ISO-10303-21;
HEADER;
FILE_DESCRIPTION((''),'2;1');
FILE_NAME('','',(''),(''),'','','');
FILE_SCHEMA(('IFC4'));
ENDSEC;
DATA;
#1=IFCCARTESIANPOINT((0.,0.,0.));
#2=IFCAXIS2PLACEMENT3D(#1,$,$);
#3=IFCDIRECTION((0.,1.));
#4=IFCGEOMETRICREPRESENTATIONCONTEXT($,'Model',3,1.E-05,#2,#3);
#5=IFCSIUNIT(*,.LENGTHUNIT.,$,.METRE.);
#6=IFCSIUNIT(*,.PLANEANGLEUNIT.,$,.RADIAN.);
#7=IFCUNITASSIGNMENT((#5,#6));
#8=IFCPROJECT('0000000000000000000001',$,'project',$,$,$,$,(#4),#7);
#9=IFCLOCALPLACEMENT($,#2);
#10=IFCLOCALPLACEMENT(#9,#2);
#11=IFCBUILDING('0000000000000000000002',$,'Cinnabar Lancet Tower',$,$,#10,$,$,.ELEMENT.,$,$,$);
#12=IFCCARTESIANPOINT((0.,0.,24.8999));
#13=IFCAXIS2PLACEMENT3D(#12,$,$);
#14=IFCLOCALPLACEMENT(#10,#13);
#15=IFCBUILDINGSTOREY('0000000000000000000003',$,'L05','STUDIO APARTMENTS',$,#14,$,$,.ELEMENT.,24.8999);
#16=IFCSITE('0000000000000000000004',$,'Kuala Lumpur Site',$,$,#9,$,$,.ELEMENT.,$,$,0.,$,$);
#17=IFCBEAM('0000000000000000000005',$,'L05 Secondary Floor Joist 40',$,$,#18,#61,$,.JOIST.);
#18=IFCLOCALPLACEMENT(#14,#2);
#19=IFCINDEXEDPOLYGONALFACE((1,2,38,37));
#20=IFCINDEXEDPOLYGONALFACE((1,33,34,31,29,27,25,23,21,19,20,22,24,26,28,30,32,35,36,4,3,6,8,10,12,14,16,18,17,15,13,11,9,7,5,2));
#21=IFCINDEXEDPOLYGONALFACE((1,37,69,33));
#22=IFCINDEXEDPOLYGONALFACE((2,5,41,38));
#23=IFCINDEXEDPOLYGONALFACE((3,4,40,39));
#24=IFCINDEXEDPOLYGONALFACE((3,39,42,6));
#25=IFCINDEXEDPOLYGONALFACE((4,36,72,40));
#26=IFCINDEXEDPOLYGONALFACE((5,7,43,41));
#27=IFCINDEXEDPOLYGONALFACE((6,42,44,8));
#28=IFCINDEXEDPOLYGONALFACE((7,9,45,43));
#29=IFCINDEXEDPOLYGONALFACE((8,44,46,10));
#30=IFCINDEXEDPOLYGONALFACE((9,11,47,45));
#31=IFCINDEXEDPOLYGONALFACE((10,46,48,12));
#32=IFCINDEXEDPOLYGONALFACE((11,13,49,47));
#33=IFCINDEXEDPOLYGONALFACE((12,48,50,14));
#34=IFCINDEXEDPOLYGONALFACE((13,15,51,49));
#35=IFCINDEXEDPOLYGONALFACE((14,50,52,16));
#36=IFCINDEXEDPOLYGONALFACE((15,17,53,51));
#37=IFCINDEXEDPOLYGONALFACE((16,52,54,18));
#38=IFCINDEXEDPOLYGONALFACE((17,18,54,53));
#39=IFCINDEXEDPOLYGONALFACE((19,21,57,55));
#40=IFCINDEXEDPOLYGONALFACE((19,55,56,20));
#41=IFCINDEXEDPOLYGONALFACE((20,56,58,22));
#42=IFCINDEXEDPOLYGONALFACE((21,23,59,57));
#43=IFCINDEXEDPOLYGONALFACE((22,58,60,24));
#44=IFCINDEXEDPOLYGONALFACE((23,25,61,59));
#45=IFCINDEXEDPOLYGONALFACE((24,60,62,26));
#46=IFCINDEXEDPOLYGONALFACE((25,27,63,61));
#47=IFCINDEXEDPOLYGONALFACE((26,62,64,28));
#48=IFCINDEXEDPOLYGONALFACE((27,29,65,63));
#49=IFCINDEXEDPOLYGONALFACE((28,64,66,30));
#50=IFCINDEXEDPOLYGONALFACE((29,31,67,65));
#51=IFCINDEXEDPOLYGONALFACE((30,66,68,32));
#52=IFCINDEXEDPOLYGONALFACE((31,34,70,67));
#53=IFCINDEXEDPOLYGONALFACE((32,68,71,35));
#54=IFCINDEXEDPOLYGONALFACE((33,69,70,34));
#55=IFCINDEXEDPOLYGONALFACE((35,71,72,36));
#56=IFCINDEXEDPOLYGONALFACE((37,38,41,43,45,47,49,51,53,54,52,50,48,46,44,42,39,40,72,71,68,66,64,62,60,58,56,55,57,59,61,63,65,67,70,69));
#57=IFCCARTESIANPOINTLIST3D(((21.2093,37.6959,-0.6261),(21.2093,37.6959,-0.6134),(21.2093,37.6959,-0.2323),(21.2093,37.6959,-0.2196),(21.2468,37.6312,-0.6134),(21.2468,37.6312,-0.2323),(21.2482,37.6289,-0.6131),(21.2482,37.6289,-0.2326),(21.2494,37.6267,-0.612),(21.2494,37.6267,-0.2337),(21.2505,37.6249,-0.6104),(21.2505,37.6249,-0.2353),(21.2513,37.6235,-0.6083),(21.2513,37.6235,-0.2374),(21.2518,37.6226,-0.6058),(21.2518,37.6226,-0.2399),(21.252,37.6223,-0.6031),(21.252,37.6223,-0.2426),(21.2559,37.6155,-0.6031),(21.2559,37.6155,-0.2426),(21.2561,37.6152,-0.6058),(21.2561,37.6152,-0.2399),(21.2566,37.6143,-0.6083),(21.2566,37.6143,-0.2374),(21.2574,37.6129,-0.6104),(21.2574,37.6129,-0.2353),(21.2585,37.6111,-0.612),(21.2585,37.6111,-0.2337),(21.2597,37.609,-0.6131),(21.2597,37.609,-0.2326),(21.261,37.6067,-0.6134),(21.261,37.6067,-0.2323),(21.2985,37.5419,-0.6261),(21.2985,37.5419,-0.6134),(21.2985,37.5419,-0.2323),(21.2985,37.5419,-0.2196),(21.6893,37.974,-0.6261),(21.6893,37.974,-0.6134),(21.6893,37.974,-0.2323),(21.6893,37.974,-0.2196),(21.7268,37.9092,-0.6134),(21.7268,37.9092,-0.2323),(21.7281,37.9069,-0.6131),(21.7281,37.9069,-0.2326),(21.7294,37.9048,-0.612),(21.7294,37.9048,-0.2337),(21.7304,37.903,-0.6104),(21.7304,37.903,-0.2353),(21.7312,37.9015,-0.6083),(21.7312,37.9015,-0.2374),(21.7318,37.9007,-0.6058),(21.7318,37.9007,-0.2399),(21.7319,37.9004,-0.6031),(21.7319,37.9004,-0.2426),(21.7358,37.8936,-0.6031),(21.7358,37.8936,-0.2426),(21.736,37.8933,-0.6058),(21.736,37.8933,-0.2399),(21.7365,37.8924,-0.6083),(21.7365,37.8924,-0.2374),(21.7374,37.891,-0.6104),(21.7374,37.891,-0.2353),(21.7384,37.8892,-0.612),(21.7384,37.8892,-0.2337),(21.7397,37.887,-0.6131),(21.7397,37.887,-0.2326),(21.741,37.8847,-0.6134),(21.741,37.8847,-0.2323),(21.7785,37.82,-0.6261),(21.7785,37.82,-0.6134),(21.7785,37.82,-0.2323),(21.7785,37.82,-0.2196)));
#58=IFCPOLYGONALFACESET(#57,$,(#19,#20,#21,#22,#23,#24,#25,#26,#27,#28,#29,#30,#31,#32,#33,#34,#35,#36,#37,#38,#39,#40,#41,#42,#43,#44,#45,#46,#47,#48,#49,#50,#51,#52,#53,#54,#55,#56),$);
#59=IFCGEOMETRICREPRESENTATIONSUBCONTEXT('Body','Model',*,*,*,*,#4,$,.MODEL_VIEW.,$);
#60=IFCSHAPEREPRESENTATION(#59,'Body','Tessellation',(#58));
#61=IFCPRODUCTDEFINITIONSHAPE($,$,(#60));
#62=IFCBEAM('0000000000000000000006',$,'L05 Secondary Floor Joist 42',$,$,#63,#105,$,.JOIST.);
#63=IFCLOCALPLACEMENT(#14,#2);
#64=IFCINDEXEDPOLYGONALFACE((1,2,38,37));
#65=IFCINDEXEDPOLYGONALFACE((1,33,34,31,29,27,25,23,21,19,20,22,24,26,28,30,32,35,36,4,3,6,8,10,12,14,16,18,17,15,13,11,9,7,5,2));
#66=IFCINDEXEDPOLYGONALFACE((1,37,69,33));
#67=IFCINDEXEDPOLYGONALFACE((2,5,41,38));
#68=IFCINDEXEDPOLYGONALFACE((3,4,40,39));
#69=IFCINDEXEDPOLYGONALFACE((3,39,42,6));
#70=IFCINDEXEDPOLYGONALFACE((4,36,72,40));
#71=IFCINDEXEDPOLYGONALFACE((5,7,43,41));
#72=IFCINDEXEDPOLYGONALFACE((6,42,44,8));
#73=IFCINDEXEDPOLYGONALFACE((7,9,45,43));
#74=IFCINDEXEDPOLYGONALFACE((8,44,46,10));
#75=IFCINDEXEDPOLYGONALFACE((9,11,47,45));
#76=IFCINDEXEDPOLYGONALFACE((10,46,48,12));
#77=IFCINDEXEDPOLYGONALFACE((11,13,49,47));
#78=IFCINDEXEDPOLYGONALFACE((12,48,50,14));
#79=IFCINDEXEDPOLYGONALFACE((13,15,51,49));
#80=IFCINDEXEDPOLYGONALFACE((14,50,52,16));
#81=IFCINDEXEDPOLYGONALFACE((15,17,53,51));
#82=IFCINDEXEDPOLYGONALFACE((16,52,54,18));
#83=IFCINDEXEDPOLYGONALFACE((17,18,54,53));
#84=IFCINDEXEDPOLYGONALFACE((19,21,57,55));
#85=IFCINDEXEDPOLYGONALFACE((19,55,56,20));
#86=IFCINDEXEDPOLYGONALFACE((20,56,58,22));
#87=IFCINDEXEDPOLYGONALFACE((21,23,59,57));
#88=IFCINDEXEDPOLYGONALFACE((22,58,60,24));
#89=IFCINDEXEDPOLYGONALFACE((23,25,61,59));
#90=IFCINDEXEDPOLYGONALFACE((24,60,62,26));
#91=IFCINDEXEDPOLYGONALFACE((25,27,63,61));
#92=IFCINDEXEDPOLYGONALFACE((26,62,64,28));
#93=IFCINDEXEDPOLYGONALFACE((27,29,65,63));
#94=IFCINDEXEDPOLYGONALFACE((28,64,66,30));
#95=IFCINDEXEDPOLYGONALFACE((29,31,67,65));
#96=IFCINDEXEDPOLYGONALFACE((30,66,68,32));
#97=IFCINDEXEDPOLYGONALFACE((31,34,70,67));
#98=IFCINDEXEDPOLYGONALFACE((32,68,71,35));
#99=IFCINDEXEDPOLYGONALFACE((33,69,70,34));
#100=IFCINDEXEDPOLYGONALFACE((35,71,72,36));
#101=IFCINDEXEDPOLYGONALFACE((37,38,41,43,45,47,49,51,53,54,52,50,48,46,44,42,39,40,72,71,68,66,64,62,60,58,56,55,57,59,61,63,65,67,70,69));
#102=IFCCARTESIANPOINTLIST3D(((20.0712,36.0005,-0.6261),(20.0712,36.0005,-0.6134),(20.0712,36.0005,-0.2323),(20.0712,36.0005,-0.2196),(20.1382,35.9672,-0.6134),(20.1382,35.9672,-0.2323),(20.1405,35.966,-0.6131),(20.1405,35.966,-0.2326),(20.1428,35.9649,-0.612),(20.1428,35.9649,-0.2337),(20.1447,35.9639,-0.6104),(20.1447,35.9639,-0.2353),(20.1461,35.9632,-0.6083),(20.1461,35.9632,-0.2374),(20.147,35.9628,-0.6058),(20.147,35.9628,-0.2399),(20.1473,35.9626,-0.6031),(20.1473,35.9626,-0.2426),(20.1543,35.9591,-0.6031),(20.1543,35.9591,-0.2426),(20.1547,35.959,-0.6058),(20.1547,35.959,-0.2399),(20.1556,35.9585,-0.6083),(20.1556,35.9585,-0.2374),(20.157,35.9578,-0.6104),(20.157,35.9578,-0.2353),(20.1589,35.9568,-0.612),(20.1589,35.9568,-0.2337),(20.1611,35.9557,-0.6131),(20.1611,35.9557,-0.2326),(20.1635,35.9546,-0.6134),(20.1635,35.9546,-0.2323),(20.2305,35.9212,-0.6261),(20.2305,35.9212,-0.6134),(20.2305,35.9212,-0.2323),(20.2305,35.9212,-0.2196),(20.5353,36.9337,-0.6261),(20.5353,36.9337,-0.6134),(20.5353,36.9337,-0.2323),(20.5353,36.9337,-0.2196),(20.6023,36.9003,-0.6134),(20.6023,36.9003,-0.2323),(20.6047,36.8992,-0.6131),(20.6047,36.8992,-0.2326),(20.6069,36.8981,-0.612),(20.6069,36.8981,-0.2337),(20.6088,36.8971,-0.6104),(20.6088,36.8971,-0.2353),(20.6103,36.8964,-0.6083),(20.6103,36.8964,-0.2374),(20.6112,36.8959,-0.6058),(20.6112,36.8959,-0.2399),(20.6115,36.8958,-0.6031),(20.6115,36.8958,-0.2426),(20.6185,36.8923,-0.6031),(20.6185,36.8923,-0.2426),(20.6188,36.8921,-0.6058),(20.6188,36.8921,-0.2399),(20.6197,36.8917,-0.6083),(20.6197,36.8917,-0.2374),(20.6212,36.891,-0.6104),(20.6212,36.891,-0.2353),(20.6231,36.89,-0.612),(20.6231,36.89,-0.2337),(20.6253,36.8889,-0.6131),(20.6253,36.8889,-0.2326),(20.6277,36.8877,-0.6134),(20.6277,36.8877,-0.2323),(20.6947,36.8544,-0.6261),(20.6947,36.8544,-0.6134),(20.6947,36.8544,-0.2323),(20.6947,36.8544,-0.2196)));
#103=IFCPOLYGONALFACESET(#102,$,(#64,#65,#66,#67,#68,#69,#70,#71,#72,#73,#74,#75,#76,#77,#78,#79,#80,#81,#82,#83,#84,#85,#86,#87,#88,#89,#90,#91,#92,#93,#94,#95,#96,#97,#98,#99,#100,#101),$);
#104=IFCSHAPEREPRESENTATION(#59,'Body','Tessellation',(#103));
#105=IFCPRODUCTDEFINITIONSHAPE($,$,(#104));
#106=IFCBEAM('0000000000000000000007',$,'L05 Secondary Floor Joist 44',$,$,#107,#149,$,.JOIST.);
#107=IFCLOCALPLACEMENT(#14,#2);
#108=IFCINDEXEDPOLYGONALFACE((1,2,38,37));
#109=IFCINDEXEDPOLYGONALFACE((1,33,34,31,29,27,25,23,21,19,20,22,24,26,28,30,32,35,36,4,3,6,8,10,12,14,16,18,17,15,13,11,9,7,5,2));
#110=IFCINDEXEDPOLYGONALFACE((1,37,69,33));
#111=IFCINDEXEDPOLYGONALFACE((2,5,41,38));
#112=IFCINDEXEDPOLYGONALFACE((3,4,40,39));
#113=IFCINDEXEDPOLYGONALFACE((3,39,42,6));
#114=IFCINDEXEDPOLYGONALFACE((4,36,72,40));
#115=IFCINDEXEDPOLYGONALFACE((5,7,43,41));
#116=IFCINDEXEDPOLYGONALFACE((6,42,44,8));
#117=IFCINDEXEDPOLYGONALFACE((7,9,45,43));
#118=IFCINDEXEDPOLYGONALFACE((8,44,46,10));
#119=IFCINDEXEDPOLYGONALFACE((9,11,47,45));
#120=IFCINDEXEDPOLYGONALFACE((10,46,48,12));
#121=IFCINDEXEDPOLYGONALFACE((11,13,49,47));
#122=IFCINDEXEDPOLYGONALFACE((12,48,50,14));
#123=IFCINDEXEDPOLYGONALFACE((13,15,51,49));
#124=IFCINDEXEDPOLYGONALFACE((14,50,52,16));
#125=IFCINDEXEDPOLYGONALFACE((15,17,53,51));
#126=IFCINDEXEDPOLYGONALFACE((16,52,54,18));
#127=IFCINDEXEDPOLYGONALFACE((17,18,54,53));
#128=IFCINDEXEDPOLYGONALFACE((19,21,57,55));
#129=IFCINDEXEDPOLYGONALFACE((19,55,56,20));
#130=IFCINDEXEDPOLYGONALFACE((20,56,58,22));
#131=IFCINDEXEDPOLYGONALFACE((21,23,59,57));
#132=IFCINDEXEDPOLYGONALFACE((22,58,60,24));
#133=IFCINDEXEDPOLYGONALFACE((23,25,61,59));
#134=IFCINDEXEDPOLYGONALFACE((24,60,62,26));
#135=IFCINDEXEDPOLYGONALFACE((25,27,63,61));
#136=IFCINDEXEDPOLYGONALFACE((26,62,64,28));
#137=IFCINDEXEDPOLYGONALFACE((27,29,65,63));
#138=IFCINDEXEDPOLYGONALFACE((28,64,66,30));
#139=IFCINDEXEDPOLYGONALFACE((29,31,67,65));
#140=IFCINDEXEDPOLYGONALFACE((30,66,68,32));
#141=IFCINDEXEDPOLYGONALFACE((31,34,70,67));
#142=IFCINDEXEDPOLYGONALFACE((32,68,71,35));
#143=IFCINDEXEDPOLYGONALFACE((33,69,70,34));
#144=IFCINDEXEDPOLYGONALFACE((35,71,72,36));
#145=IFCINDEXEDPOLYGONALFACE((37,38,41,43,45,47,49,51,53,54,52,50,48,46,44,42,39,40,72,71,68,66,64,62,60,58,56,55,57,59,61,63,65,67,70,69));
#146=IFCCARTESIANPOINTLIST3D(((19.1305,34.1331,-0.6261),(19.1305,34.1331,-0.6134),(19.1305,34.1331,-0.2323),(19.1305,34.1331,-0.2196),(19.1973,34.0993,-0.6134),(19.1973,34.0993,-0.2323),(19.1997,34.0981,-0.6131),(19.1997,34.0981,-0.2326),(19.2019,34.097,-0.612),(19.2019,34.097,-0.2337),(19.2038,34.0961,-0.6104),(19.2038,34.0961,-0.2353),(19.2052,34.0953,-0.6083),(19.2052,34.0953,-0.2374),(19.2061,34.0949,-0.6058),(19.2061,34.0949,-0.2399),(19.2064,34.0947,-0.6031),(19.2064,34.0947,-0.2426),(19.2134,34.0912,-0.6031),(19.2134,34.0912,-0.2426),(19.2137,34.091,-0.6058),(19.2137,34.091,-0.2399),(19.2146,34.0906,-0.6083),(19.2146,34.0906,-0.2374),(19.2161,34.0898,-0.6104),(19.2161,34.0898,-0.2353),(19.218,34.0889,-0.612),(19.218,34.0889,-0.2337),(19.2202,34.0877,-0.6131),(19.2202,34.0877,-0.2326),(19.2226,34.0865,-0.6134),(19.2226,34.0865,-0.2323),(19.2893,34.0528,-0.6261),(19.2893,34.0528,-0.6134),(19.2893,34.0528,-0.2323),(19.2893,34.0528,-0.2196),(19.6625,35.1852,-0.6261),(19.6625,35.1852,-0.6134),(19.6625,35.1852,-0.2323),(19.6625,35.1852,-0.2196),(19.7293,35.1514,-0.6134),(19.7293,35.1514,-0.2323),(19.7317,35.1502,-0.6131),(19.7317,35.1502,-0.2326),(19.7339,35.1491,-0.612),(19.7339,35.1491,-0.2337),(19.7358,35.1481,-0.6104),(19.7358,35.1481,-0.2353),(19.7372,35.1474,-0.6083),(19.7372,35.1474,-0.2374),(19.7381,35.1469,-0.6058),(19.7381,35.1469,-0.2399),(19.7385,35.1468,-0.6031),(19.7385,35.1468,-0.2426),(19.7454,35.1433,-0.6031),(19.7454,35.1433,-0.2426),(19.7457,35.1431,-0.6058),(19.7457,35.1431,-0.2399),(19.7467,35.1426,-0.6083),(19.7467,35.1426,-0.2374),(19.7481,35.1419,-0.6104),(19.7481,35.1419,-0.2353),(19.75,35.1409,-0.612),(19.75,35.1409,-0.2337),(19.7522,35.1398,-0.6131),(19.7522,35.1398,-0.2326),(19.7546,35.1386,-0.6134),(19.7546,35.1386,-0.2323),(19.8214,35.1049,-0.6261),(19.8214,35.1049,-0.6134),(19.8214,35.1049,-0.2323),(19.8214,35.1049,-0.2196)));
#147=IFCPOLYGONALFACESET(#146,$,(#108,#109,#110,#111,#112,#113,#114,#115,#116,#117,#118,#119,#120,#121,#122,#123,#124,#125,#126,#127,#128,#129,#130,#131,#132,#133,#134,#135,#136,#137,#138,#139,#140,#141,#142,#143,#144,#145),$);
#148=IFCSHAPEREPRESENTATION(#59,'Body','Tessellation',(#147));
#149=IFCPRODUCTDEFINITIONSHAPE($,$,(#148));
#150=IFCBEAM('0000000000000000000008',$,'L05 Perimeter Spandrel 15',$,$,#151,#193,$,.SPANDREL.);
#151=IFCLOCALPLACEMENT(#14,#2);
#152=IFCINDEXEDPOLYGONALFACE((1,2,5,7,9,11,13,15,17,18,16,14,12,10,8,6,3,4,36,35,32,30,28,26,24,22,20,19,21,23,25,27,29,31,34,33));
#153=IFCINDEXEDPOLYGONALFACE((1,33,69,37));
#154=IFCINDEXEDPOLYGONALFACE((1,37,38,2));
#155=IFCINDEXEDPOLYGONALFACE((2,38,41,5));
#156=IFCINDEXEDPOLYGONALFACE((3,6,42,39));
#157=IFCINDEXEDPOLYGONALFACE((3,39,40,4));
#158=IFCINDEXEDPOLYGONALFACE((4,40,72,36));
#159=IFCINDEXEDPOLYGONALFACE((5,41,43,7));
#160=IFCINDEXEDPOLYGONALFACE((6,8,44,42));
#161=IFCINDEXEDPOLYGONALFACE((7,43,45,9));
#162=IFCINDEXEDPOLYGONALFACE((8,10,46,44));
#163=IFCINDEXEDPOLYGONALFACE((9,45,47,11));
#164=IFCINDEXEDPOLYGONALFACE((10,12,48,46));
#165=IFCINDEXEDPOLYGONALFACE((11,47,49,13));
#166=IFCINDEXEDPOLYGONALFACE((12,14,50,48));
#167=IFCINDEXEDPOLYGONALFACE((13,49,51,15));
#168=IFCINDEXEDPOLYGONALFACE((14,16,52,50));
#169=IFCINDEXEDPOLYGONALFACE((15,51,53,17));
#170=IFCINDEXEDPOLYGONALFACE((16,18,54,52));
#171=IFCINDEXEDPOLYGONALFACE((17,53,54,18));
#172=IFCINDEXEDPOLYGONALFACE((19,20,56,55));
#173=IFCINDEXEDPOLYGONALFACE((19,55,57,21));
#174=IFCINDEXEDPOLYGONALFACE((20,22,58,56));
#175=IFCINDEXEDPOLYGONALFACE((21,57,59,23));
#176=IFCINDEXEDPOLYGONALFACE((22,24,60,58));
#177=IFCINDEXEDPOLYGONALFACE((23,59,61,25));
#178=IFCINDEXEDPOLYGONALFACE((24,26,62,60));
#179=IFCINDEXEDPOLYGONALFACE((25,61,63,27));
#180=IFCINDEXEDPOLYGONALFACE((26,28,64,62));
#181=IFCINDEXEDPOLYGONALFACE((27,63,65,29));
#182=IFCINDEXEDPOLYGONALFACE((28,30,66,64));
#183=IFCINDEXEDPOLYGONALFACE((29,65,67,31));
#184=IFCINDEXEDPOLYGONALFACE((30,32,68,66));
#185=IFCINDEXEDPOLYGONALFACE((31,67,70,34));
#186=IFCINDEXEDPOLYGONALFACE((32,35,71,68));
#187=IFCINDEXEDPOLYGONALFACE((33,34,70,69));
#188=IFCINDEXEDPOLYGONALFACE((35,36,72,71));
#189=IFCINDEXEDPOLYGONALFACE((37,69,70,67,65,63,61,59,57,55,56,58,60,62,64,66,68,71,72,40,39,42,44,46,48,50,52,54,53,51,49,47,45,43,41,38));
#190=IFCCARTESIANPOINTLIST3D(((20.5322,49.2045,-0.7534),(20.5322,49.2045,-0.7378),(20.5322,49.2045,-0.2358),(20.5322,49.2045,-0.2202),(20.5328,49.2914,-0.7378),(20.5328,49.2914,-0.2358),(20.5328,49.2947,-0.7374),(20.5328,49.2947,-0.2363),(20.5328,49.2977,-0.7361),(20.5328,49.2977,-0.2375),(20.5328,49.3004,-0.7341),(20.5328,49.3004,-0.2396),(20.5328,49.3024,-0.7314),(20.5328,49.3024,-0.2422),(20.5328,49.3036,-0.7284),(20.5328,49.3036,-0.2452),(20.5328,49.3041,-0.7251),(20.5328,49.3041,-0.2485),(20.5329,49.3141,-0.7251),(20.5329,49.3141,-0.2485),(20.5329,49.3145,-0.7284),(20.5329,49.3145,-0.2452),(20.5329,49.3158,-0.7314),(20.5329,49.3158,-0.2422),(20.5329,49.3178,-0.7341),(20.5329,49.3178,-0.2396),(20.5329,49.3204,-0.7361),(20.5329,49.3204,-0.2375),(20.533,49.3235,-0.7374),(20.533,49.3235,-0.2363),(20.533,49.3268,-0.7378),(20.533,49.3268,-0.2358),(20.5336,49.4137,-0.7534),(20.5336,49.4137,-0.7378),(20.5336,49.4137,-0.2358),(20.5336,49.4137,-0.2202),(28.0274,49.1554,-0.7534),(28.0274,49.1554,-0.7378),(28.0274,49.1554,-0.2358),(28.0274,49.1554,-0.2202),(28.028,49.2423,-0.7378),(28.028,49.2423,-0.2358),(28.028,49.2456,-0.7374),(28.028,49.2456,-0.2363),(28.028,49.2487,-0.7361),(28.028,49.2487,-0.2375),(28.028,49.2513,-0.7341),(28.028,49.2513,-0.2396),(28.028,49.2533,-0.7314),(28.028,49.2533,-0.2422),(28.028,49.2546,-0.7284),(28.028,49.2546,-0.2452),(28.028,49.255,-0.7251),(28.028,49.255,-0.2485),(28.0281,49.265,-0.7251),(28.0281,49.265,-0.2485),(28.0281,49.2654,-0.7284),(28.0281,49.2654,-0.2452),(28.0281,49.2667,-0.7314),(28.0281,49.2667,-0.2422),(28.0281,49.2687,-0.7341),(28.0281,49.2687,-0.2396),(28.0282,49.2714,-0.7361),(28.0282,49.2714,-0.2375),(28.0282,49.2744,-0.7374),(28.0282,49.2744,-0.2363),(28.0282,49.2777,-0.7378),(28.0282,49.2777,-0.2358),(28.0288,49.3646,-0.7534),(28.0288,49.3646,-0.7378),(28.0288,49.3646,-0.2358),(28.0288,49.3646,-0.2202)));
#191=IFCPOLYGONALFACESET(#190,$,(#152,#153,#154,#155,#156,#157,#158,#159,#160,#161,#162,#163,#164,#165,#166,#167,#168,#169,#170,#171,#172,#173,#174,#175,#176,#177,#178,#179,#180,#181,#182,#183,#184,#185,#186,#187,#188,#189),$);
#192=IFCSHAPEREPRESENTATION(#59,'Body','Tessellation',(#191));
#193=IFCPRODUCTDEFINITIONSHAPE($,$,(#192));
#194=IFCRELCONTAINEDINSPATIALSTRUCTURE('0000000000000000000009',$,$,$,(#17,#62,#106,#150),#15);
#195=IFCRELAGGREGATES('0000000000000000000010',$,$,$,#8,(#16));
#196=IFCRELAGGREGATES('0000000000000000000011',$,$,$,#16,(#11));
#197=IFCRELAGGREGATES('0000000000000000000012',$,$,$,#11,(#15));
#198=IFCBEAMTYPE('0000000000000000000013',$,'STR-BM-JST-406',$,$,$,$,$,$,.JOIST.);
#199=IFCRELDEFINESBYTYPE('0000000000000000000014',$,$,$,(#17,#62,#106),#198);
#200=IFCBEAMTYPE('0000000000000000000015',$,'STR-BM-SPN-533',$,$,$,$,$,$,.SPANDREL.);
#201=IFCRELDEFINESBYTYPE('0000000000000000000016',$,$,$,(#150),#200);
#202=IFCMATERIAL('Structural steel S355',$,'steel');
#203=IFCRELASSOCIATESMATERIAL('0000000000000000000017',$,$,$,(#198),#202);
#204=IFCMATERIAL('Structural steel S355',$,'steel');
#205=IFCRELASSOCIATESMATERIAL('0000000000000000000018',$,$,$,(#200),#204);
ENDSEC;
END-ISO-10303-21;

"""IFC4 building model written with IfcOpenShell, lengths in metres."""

from ifc_helpers import new_model, si_unit, direction, frame, origin, origin_2d, place, context, subcontext, project, spatial, i_section, extrude, material, material_profile, profile_set, type_object, element, save


model = new_model("IFC4")

# Units and contexts
model_context = context("Model", 3, precision=1e-05, world=origin(), true_north=direction((0.0, 1.0)))
body_context = subcontext(model_context, "Body", "Model", "MODEL_VIEW")
ifc_project = project(units=[si_unit("LENGTHUNIT", "METRE"), si_unit("PLANEANGLEUNIT", "RADIAN")], contexts=[model_context])

# Site, building, storey
site_placement = place(None, origin())
site = spatial("IfcSite", under=ifc_project, at=site_placement, Name="Kuala Lumpur Site", CompositionType="ELEMENT", RefElevation=0.0)
building_placement = place(site_placement, origin())
building = spatial("IfcBuilding", under=site, at=building_placement, Name="Cinnabar Lancet Tower", CompositionType="ELEMENT")
storey_placement = place(building_placement, frame((0.0, 0.0, 24.8999)))
storey = spatial("IfcBuildingStorey", under=building, at=storey_placement, Name="L05", Description="STUDIO APARTMENTS", CompositionType="ELEMENT", Elevation=24.8999)

# Beams
ifc_material_1 = material(Name="Structural steel S355", Category="steel")
ifc_material_profile_1 = material_profile(ifc_material_1, i_section(OverallWidth=0.178, OverallDepth=0.4065, WebThickness=0.0078, FlangeThickness=0.0127, FilletRadius=0.0103, at=origin_2d()), Name="UKB 406x178x60")
ifc_profile_set_1 = profile_set([ifc_material_profile_1], Name="Structural steel S355")
beam_type_1 = type_object("IfcBeamType", Name="STR-BM-JST-406", PredefinedType="JOIST", material=ifc_profile_set_1)
beam_1_placement = place(storey_placement, frame((21.7339, 37.897, -0.4229), z_axis=(-0.865276, -0.501296, 0.0), x_axis=(0.501296, -0.865276, 0.0)))
element("IfcBeam", 1, at=beam_1_placement, inside=storey, type_object=beam_type_1, Name="L05 Secondary Floor Joist 40", PredefinedType="JOIST", context=body_context, shape_type="SweptSolid", body=[
    extrude(i_section(OverallWidth=0.178, OverallDepth=0.4065, WebThickness=0.0078, FlangeThickness=0.0127, FilletRadius=0.0103, at=origin_2d()), origin(), (0.0, 0.0, 1.0), 0.5547),
])
beam_2_placement = place(storey_placement, frame((20.615, 36.894, -0.4229), z_axis=(-0.445338, -0.895362, 0.0), x_axis=(0.895362, -0.445338, 0.0)))
element("IfcBeam", 2, at=beam_2_placement, inside=storey, type_object=beam_type_1, Name="L05 Secondary Floor Joist 42", PredefinedType="JOIST", context=body_context, shape_type="SweptSolid", body=[
    extrude(i_section(OverallWidth=0.178, OverallDepth=0.4065, WebThickness=0.0078, FlangeThickness=0.0127, FilletRadius=0.0103, at=origin_2d()), origin(), (0.0, 0.0, 1.0), 1.0422),
])
beam_3_placement = place(storey_placement, frame((19.7419, 35.145, -0.4229), z_axis=(-0.451268, -0.892388, 0.0), x_axis=(0.892388, -0.451268, 0.0)))
element("IfcBeam", 3, at=beam_3_placement, inside=storey, type_object=beam_type_1, Name="L05 Secondary Floor Joist 44", PredefinedType="JOIST", context=body_context, shape_type="SweptSolid", body=[
    extrude(i_section(OverallWidth=0.178, OverallDepth=0.4065, WebThickness=0.0078, FlangeThickness=0.0127, FilletRadius=0.0103, at=origin_2d()), origin(), (0.0, 0.0, 1.0), 1.179),
])
ifc_material_2 = material(Name="Structural steel S355", Category="steel")
ifc_material_profile_2 = material_profile(ifc_material_2, i_section(OverallWidth=0.2092, OverallDepth=0.5332, WebThickness=0.01, FlangeThickness=0.0156, FilletRadius=0.0127, at=origin_2d()), Name="UKB 533x210x92")
ifc_profile_set_2 = profile_set([ifc_material_profile_2], Name="Structural steel S355")
beam_type_2 = type_object("IfcBeamType", Name="STR-BM-SPN-533", PredefinedType="SPANDREL", material=ifc_profile_set_2)
beam_4_placement = place(storey_placement, frame((28.0281, 49.26, -0.4868), z_axis=(-0.999979, 0.006547, 0.0), x_axis=(-0.006547, -0.999979, 0.0)))
element("IfcBeam", 4, at=beam_4_placement, inside=storey, type_object=beam_type_2, Name="L05 Perimeter Spandrel 15", PredefinedType="SPANDREL", context=body_context, shape_type="SweptSolid", body=[
    extrude(i_section(OverallWidth=0.2092, OverallDepth=0.5332, WebThickness=0.01, FlangeThickness=0.0156, FilletRadius=0.0127, at=origin_2d()), origin(), (0.0, 0.0, 1.0), 7.4954),
])

save(model, "model.ifc")
